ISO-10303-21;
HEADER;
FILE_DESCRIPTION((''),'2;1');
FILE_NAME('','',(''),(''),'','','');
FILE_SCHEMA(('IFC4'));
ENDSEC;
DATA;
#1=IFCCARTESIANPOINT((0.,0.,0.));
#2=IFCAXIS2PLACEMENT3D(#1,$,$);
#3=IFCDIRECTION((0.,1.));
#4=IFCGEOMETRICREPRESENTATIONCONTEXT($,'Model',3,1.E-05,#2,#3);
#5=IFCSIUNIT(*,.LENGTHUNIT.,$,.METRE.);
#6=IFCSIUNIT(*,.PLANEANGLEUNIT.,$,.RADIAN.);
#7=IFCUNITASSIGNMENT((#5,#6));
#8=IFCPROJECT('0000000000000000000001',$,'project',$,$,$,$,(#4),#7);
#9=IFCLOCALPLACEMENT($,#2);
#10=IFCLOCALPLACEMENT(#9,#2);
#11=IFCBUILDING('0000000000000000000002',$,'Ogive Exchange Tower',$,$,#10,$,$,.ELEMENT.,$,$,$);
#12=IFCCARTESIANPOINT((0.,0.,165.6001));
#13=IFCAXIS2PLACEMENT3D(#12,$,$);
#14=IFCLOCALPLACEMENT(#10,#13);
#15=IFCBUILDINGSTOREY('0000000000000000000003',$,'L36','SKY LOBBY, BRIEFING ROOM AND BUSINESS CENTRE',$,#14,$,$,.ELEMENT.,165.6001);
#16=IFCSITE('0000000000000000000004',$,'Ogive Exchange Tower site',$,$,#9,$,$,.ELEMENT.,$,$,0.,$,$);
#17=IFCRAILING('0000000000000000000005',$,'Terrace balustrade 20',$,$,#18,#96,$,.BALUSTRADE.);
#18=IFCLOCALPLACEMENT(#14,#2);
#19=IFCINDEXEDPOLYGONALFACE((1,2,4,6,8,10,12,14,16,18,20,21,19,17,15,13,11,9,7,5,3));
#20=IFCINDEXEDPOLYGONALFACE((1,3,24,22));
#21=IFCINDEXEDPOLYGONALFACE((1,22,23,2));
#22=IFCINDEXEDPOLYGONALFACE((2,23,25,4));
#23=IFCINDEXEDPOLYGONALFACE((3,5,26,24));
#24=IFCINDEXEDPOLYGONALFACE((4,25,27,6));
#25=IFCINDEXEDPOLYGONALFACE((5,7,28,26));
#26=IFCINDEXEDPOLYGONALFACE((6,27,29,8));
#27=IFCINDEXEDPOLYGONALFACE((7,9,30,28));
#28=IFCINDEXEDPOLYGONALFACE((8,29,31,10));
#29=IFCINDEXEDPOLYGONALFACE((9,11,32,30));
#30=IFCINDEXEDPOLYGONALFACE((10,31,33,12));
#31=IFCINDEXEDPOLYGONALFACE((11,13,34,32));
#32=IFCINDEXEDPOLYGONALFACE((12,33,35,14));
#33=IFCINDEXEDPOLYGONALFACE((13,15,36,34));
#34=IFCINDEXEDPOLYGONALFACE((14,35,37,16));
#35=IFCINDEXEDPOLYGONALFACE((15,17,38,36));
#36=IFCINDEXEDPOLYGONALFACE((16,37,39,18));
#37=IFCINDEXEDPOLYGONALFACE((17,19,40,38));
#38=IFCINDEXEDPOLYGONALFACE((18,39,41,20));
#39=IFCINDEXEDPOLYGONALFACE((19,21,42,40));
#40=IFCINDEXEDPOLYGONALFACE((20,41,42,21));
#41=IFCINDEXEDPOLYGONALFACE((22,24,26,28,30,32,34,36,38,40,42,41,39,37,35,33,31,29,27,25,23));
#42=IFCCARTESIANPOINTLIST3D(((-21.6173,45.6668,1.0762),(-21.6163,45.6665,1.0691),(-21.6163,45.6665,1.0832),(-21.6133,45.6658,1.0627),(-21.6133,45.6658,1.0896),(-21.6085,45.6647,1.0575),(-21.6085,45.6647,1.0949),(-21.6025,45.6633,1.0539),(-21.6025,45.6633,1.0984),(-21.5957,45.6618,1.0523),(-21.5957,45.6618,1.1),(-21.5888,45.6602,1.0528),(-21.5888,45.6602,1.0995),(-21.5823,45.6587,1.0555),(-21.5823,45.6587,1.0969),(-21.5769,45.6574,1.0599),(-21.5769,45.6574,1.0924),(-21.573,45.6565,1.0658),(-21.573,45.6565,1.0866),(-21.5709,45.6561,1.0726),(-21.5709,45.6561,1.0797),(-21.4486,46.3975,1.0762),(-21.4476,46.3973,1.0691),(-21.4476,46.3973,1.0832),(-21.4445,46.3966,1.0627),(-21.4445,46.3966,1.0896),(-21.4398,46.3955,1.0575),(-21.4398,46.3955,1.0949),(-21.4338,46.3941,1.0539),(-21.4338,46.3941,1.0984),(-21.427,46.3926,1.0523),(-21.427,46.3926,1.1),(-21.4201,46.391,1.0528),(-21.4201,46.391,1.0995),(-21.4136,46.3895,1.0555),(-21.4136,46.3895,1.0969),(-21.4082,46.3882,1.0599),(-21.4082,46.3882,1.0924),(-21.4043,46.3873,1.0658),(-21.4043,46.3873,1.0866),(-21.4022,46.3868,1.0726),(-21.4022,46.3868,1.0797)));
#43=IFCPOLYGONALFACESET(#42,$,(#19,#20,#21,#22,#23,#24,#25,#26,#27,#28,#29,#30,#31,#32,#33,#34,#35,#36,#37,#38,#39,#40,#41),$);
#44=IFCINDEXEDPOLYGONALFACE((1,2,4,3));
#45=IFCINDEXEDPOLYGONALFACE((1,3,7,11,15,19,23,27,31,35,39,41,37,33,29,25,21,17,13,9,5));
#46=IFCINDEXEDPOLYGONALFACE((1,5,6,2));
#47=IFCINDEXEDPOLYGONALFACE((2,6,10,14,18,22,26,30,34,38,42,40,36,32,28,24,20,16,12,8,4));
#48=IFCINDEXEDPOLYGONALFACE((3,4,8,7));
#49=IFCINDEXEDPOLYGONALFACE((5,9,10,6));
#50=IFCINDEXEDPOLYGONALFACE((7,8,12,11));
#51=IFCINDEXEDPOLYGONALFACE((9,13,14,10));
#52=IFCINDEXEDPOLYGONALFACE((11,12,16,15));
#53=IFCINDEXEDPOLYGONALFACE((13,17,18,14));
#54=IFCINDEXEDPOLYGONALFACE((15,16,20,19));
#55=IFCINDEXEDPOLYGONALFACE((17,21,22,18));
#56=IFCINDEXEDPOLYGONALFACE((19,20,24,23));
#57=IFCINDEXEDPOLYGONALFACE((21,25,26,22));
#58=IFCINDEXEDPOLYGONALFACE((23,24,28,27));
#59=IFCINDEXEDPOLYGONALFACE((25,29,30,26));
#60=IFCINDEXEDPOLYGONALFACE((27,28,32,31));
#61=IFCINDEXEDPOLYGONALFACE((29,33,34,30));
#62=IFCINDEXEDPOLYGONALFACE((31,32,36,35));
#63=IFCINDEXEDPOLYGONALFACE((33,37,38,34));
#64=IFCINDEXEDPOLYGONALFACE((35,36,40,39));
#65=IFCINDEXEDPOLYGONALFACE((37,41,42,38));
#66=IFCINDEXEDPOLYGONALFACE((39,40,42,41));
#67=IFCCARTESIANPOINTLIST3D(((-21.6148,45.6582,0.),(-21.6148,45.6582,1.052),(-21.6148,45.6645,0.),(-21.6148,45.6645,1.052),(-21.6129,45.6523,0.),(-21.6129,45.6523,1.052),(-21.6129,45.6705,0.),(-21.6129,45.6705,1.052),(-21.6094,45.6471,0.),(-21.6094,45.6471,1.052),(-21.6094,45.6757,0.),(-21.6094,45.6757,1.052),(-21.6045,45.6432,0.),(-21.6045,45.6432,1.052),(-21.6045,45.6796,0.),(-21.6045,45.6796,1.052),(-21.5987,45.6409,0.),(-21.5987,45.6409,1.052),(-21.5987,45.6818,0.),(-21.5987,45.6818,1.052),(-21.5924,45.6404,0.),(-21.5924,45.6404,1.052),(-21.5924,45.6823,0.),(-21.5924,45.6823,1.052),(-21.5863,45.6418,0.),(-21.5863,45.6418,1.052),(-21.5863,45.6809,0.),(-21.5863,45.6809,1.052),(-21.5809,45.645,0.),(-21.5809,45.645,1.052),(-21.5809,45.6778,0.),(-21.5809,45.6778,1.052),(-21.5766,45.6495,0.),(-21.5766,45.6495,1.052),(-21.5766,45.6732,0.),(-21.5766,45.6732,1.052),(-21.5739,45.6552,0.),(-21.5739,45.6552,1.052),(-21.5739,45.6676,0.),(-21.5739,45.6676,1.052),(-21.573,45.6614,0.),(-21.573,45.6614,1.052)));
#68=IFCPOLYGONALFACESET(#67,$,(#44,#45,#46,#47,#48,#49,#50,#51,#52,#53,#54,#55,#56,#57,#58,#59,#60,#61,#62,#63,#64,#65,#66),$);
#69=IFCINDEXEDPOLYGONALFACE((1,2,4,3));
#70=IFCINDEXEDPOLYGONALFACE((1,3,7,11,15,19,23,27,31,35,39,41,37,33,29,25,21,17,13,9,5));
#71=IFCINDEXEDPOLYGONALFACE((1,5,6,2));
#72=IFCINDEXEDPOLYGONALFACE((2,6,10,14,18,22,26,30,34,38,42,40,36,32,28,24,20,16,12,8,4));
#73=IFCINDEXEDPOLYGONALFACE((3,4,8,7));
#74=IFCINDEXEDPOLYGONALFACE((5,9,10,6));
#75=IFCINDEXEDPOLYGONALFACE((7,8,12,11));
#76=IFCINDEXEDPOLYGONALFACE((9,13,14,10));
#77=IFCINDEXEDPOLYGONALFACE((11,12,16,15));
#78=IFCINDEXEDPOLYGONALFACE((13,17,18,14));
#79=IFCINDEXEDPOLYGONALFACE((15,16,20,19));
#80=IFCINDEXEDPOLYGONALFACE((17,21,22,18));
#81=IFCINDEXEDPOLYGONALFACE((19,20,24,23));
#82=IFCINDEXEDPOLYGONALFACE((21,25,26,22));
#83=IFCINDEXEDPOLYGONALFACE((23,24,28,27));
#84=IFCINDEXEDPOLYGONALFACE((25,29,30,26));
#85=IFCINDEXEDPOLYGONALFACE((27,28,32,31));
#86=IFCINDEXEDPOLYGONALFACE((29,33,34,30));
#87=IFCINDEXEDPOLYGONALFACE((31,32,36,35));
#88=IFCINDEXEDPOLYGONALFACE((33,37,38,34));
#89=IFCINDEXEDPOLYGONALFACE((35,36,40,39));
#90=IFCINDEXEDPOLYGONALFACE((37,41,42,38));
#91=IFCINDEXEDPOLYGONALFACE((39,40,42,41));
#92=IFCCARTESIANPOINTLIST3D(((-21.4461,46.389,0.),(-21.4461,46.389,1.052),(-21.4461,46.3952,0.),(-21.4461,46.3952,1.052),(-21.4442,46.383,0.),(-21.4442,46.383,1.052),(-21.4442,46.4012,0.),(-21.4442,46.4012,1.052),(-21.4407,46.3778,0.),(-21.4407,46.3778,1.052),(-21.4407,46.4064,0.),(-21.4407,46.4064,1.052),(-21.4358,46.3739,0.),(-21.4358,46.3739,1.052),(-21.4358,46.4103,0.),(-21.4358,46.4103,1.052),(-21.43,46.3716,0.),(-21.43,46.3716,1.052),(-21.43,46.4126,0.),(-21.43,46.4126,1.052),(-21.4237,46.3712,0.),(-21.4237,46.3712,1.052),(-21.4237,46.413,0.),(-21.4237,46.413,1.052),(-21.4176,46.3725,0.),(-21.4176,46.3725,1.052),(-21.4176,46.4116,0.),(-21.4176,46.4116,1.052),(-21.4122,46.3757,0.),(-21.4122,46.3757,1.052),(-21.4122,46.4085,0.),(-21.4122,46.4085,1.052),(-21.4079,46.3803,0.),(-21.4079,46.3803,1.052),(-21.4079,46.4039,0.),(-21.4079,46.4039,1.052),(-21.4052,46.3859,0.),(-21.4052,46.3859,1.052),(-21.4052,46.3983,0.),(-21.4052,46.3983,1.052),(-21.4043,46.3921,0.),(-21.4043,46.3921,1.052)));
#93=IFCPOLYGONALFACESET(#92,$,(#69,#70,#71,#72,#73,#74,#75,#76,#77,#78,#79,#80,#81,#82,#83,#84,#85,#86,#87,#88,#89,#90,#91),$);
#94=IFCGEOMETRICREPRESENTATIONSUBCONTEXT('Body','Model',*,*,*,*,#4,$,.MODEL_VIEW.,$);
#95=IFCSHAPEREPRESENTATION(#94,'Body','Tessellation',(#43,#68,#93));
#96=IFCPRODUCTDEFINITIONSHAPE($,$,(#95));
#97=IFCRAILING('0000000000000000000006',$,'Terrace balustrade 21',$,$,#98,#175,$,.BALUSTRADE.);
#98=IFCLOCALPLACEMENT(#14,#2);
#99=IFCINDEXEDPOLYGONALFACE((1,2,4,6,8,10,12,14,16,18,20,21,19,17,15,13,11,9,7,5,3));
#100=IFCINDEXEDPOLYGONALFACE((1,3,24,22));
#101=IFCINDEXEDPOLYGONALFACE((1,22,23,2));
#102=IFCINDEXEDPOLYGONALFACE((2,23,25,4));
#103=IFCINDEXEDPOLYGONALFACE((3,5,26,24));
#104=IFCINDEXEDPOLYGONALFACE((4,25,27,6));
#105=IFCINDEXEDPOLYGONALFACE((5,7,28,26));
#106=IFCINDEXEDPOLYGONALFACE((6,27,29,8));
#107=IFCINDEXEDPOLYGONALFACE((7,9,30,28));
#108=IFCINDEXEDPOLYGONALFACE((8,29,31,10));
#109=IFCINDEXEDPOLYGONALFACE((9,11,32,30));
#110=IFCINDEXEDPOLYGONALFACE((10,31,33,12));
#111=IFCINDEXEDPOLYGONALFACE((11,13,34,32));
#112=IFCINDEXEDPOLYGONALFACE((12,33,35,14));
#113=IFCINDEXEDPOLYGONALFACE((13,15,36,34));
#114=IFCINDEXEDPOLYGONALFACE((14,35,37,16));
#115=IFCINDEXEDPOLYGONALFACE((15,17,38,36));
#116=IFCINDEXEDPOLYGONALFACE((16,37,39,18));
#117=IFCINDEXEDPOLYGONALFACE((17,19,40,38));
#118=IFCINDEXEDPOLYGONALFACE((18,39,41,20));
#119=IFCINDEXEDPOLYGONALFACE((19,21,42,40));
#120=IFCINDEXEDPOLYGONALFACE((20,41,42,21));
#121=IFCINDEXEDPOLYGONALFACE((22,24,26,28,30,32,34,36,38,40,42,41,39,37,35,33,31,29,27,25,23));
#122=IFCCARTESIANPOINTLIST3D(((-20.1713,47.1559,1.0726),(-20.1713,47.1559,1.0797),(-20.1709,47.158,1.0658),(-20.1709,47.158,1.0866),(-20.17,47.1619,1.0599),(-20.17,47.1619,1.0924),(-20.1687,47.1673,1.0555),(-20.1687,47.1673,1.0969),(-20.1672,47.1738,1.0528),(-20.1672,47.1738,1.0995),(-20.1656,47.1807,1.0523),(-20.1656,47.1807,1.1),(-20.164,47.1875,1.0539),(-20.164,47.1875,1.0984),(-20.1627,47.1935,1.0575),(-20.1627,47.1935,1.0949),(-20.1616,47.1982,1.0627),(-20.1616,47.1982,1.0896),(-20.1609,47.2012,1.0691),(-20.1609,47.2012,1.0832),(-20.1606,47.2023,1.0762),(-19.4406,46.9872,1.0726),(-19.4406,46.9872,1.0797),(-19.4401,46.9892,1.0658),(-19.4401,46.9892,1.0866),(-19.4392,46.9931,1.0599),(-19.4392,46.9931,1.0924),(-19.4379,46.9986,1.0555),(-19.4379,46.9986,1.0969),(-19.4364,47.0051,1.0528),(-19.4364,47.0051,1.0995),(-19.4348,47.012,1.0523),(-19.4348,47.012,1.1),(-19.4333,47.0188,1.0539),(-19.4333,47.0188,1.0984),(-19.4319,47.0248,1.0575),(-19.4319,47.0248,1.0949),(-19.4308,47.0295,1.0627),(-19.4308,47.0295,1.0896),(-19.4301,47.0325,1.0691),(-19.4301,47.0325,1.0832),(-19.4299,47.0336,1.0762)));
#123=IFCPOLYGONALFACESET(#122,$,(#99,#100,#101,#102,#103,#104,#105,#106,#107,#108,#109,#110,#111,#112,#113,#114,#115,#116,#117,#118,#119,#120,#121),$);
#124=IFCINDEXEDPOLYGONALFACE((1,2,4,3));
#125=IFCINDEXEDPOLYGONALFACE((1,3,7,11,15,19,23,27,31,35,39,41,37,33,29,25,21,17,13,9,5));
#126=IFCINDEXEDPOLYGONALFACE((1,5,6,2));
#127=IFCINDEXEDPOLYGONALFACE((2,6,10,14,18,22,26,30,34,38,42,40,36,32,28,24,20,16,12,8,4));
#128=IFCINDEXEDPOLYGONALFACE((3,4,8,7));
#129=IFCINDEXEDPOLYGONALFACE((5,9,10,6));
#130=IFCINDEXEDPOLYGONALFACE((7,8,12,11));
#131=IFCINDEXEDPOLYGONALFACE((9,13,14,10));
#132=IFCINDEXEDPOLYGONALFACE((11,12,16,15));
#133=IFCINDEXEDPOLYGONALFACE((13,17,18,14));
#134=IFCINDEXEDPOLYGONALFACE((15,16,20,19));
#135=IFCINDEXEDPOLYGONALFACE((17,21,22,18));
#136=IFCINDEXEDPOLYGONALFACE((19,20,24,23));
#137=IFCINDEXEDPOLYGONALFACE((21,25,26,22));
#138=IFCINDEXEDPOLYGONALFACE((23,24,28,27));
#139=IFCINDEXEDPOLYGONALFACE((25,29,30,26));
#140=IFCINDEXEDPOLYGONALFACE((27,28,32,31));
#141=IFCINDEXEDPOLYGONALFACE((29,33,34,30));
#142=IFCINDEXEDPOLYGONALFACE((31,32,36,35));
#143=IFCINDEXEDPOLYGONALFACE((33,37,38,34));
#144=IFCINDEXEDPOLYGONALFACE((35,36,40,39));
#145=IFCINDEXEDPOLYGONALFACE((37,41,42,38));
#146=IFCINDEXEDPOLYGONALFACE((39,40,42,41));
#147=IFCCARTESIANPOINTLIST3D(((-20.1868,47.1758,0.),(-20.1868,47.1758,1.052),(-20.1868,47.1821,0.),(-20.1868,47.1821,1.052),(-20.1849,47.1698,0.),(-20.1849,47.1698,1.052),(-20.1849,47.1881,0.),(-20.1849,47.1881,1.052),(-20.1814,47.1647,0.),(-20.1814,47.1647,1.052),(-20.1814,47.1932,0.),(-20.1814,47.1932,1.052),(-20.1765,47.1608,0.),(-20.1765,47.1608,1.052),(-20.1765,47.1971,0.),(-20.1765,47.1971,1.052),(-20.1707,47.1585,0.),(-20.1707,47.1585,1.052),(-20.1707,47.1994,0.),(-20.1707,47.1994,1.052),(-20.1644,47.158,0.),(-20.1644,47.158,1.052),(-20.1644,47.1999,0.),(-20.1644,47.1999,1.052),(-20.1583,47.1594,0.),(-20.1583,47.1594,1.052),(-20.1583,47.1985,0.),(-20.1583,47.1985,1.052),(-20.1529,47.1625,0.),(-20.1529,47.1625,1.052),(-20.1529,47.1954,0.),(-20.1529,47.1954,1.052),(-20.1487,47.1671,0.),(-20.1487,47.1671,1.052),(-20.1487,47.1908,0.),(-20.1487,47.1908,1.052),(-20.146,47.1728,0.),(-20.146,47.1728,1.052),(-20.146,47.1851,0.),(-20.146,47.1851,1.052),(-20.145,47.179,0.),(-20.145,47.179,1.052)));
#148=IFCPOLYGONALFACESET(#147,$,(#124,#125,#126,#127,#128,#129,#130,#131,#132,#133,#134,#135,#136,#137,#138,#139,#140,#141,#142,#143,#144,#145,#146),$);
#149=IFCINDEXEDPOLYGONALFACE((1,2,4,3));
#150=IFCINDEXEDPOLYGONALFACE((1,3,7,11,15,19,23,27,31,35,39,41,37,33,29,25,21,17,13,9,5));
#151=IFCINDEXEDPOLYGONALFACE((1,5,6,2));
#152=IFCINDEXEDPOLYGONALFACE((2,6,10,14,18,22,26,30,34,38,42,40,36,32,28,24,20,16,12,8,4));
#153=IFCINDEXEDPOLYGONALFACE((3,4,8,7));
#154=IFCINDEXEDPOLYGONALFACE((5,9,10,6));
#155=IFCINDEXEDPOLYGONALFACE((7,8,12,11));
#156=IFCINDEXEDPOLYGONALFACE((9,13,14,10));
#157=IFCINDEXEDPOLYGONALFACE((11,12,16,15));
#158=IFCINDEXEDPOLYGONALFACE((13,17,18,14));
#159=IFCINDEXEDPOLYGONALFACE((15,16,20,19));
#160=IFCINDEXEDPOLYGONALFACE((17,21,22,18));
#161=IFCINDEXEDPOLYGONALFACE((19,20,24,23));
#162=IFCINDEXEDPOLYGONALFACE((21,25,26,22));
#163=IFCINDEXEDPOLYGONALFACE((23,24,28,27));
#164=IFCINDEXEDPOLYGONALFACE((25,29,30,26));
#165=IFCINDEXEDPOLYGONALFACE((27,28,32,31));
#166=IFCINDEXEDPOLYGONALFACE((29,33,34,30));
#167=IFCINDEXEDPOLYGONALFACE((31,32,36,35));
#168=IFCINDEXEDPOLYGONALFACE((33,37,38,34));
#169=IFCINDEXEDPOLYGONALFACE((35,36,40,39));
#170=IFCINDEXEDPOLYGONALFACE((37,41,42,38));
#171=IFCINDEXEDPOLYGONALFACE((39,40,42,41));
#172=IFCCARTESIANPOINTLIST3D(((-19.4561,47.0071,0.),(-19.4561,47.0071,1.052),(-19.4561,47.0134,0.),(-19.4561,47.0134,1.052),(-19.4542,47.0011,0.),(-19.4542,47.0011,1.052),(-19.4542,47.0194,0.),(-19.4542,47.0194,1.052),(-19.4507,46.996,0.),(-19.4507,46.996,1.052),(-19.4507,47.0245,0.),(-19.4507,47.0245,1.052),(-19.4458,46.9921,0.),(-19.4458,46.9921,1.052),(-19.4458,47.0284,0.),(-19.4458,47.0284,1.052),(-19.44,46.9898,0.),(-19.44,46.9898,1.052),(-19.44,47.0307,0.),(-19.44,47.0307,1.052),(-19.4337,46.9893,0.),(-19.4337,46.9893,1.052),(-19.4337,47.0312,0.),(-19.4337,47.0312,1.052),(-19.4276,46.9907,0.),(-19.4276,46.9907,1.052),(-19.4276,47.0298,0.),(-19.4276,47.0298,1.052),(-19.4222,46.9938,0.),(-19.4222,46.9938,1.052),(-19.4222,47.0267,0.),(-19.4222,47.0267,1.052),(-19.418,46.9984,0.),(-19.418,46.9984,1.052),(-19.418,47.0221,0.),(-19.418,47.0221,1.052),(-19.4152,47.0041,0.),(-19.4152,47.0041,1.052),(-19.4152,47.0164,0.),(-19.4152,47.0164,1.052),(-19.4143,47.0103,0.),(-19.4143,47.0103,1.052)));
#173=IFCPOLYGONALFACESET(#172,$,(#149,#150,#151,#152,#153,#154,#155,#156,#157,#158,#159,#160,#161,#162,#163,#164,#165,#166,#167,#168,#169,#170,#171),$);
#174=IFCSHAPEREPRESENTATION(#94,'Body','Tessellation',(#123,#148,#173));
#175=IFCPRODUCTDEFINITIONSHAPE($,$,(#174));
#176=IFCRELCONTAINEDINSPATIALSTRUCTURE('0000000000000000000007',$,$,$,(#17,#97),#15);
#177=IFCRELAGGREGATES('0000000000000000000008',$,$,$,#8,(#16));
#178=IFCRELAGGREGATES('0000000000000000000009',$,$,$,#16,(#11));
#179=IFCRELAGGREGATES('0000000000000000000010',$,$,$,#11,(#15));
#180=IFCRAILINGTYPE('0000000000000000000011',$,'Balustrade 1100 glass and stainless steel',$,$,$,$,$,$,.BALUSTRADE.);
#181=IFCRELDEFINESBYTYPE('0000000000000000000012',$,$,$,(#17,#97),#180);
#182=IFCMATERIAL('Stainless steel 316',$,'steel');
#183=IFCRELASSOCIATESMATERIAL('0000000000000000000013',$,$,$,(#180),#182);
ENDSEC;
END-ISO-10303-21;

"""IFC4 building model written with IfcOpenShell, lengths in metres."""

from ifc_helpers import new_model, si_unit, direction, frame, origin, origin_2d, place, context, subcontext, project, spatial, circle, extrude, material, type_object, element, save


model = new_model("IFC4")

# Units and contexts
model_context = context("Model", 3, precision=1e-05, world=origin(), true_north=direction((0.0, 1.0)))
body_context = subcontext(model_context, "Body", "Model", "MODEL_VIEW")
ifc_project = project(units=[si_unit("LENGTHUNIT", "METRE"), si_unit("PLANEANGLEUNIT", "RADIAN")], contexts=[model_context])

# Site, building, storey
site_placement = place(None, origin())
site = spatial("IfcSite", under=ifc_project, at=site_placement, Name="Ogive Exchange Tower site", CompositionType="ELEMENT", RefElevation=0.0)
building_placement = place(site_placement, origin())
building = spatial("IfcBuilding", under=site, at=building_placement, Name="Ogive Exchange Tower", CompositionType="ELEMENT")
storey_placement = place(building_placement, frame((0.0, 0.0, 165.6001)))
storey = spatial("IfcBuildingStorey", under=building, at=storey_placement, Name="L36", Description="SKY LOBBY, BRIEFING ROOM AND BUSINESS CENTRE", CompositionType="ELEMENT", Elevation=165.6001)

# Railings
ifc_material_1 = material(Name="Stainless steel 316", Category="steel")
railing_type_1 = type_object("IfcRailingType", Name="Balustrade 1100 glass and stainless steel", PredefinedType="BALUSTRADE", material=ifc_material_1)
railing_1_placement = place(storey_placement, frame((-21.594, 45.6614, 0.0)))
element("IfcRailing", 1, at=railing_1_placement, inside=storey, type_object=railing_type_1, Name="Terrace balustrade 20", PredefinedType="BALUSTRADE", context=body_context, shape_type="SweptSolid", body=[
    extrude(circle(Radius=0.0239, at=origin_2d()), frame((0.0, 0.0, 1.0762), z_axis=(0.224955, 0.974369, 0.0), x_axis=(-0.974369, 0.224955, 0.0)), (0.0, 0.0, 1.0), 0.75),
    extrude(circle(Radius=0.021, at=origin_2d()), origin(), (0.0, 0.0, 1.0), 1.052),
    extrude(circle(Radius=0.021, at=origin_2d()), frame((0.1687, 0.7307, 0.0)), (0.0, 0.0, 1.0), 1.052),
])
railing_2_placement = place(storey_placement, frame((-20.166, 47.179, 0.0)))
element("IfcRailing", 2, at=railing_2_placement, inside=storey, type_object=railing_type_1, Name="Terrace balustrade 21", PredefinedType="BALUSTRADE", context=body_context, shape_type="SweptSolid", body=[
    extrude(circle(Radius=0.0239, at=origin_2d()), frame((0.0, 0.0, 1.0762), z_axis=(0.974369, -0.224955, 0.0), x_axis=(0.224955, 0.974369, 0.0)), (0.0, 0.0, 1.0), 0.75),
    extrude(circle(Radius=0.021, at=origin_2d()), origin(), (0.0, 0.0, 1.0), 1.052),
    extrude(circle(Radius=0.021, at=origin_2d()), frame((0.7307, -0.1687, 0.0)), (0.0, 0.0, 1.0), 1.052),
])

save(model, "model.ifc")
